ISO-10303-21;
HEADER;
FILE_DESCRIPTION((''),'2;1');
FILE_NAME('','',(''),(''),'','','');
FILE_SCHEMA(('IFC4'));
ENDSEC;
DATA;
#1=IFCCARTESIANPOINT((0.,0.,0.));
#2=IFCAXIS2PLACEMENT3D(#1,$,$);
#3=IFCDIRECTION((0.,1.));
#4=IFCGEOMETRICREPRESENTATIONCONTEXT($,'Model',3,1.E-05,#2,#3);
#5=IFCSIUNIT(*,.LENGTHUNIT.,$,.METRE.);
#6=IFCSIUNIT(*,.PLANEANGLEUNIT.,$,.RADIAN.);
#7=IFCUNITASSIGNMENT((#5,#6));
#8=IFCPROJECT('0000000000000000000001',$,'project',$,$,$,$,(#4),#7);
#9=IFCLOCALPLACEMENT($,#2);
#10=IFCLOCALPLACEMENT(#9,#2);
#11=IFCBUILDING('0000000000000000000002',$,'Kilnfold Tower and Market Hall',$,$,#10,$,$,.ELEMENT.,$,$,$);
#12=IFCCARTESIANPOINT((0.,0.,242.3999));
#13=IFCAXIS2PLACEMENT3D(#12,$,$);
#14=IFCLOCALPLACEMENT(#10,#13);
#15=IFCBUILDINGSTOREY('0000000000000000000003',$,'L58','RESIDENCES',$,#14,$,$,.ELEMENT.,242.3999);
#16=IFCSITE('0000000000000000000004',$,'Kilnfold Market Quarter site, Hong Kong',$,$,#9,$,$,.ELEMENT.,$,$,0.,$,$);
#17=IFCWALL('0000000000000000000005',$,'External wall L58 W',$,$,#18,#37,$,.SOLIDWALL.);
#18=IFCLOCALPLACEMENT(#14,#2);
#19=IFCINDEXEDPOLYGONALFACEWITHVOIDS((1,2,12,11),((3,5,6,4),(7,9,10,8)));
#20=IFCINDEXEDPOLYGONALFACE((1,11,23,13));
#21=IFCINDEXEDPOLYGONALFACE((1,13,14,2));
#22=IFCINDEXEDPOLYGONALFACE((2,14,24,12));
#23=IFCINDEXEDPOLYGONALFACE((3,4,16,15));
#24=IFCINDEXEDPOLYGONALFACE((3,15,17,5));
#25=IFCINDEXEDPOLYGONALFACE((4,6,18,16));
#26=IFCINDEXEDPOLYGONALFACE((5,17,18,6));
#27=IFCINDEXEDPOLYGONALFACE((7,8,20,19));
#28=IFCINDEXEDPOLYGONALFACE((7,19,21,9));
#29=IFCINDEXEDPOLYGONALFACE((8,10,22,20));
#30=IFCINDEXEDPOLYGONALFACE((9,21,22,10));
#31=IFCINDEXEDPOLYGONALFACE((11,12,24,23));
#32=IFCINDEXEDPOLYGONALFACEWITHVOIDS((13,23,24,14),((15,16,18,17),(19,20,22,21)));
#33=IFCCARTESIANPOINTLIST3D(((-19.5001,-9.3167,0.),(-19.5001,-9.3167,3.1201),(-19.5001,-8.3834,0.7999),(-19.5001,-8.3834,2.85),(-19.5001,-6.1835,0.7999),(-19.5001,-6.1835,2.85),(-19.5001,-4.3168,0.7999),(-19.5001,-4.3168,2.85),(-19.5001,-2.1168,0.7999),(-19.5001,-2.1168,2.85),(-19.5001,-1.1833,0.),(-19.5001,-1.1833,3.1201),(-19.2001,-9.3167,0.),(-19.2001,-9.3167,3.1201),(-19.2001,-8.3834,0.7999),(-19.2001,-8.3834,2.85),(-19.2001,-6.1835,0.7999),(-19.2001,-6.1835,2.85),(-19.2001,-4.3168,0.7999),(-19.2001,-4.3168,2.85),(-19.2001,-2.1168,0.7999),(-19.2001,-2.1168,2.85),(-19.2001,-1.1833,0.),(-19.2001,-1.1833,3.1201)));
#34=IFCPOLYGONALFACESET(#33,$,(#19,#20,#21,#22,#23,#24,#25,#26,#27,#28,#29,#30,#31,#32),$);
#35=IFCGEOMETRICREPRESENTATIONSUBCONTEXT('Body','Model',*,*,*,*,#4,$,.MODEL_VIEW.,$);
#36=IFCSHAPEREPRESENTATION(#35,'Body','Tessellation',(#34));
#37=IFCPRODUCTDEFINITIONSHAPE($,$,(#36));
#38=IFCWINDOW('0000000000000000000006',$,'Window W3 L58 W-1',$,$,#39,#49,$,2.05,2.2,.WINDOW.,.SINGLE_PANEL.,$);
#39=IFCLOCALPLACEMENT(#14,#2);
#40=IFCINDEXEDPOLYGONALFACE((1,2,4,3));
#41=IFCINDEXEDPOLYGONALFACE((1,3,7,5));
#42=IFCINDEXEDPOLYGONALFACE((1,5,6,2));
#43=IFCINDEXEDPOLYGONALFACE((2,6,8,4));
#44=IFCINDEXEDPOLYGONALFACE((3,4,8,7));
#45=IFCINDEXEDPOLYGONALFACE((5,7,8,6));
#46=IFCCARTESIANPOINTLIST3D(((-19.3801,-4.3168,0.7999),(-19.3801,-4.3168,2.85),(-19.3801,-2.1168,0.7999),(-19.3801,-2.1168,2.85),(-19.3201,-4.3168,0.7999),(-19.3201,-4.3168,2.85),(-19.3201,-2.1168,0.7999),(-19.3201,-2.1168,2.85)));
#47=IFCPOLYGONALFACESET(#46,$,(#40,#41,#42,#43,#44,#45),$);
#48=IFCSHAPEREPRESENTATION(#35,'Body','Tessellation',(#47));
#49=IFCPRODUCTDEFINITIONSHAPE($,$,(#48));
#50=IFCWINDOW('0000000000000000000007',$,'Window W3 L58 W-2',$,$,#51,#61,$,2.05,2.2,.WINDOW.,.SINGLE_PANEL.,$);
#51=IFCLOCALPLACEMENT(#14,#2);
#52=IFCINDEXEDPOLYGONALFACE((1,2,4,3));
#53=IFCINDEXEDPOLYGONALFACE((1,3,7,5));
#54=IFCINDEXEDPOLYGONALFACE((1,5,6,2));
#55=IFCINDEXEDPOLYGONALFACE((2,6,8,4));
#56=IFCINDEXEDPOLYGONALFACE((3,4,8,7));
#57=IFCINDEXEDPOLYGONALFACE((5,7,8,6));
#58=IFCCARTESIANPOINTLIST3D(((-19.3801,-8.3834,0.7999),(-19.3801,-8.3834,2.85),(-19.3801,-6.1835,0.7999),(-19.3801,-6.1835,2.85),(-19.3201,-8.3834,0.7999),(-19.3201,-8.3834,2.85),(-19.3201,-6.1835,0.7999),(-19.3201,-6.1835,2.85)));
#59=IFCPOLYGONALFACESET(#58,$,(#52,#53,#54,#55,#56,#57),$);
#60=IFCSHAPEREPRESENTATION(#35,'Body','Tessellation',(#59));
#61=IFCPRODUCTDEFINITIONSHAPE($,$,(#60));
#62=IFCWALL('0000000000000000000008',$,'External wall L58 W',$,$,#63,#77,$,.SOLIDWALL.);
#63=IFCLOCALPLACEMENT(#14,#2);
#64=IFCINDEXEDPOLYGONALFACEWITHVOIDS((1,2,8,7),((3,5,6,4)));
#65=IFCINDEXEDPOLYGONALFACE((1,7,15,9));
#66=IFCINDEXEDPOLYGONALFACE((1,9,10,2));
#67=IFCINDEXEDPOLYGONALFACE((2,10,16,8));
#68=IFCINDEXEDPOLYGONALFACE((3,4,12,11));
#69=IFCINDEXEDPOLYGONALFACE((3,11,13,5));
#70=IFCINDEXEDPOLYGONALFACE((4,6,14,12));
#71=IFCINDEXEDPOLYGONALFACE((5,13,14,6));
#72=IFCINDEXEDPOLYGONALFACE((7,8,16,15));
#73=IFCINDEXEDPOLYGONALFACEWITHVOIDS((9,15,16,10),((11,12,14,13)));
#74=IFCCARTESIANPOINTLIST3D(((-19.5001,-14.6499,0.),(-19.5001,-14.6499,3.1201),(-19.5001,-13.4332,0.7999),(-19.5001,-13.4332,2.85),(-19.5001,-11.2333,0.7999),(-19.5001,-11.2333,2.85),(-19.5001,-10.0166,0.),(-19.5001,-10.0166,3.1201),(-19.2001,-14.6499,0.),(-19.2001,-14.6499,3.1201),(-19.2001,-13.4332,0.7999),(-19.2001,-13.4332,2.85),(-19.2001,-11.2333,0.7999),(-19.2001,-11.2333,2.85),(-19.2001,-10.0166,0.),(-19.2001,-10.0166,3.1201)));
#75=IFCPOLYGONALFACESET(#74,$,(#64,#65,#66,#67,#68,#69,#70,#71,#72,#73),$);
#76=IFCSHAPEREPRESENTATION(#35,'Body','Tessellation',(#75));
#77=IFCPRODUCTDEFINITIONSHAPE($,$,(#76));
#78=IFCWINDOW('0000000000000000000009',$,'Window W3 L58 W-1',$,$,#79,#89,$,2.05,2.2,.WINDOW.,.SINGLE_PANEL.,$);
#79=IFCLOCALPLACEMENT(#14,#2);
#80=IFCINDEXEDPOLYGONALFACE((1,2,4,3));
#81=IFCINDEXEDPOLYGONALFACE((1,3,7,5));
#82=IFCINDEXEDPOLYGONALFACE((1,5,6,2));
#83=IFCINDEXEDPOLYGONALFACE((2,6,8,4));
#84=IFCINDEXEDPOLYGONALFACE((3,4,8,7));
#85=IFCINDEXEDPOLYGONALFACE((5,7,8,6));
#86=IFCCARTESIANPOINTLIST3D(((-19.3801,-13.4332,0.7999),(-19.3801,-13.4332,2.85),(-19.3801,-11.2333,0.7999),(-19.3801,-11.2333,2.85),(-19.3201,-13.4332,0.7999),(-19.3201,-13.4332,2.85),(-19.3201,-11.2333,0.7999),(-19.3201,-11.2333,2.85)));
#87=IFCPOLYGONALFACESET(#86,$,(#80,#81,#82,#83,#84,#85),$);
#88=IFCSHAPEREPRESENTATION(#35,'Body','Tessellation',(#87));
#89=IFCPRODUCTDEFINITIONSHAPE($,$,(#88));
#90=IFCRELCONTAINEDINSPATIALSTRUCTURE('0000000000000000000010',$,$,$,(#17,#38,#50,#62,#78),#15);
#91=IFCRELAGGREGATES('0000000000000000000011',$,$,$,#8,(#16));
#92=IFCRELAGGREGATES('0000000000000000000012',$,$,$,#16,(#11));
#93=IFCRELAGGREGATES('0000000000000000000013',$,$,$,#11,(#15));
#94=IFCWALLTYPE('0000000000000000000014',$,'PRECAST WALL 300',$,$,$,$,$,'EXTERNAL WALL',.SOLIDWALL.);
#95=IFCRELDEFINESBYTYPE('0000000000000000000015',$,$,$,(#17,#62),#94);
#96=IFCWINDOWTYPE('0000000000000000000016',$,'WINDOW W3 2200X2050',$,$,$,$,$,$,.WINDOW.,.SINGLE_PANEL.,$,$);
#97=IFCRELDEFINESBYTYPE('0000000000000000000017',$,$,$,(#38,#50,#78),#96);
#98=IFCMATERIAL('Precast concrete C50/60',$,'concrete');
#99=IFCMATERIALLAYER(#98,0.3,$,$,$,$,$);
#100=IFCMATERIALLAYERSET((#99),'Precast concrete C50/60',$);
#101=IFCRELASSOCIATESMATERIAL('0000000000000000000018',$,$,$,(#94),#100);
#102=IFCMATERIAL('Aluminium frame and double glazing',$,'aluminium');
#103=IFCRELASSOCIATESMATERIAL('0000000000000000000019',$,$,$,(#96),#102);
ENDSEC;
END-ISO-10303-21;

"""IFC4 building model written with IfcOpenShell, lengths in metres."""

from ifc_helpers import new_model, si_unit, direction, frame, frame_2d, origin, place, context, subcontext, project, spatial, rectangle, extrude, source, transform, mapped, material, layer, layer_set, type_object, element, fill, save


model = new_model("IFC4")

# Units and contexts
model_context = context("Model", 3, precision=1e-05, world=origin(), true_north=direction((0.0, 1.0)))
body_context = subcontext(model_context, "Body", "Model", "MODEL_VIEW")
ifc_project = project(units=[si_unit("LENGTHUNIT", "METRE"), si_unit("PLANEANGLEUNIT", "RADIAN")], contexts=[model_context])

# Site, building, storey
site_placement = place(None, origin())
site = spatial("IfcSite", under=ifc_project, at=site_placement, Name="Kilnfold Market Quarter site, Hong Kong", CompositionType="ELEMENT", RefElevation=0.0)
building_placement = place(site_placement, origin())
building = spatial("IfcBuilding", under=site, at=building_placement, Name="Kilnfold Tower and Market Hall", CompositionType="ELEMENT")
storey_placement = place(building_placement, frame((0.0, 0.0, 242.3999)))
storey = spatial("IfcBuildingStorey", under=building, at=storey_placement, Name="L58", Description="RESIDENCES", CompositionType="ELEMENT", Elevation=242.3999)

# Wall, openings, windows
ifc_material_1 = material(Name="Precast concrete C50/60", Category="concrete")
ifc_layer_1 = layer(ifc_material_1, 0.3)
ifc_layer_set_1 = layer_set([ifc_layer_1], Name="Precast concrete C50/60")
wall_type_1 = type_object("IfcWallType", Name="PRECAST WALL 300", ElementType="EXTERNAL WALL", PredefinedType="SOLIDWALL", material=ifc_layer_set_1)
shared_shape_1 = source(origin(), body_context, "Body", "SweptSolid", [
    extrude(rectangle(XDim=8.1333, YDim=0.3, at=frame_2d((4.0667, 0.0))), origin(), (0.0, 0.0, 1.0), 3.1201),
])
wall_1_placement = place(storey_placement, frame((-19.3501, -1.1833, 0.0), z_axis=(0.0, 0.0, 1.0), x_axis=(0.0, -1.0, 0.0)))
wall_1 = element("IfcWall", 1, at=wall_1_placement, inside=storey, type_object=wall_type_1, Name="External wall L58 W", PredefinedType="SOLIDWALL", context=body_context, shape_type="MappedRepresentation", body=[
    mapped(shared_shape_1, transform((0.0, 0.0, 0.0))),
])
opening_1_placement = place(wall_1_placement, frame((0.9333, 0.0, 0.8)))
opening_1 = element("IfcOpeningElement", 2, at=opening_1_placement, cuts=wall_1, PredefinedType="OPENING", context=body_context, shape_type="SweptSolid", body=[
    extrude(rectangle(XDim=2.2, YDim=2.05, at=frame_2d((1.1001, 1.0249))), frame((0.0, 0.1602, 0.0), z_axis=(0.0, -1.0, 0.0), x_axis=(1.0, 0.0, 0.0)), (0.0, 0.0, 1.0), 0.3201),
])
opening_2_placement = place(wall_1_placement, frame((5.0, 0.0, 0.8)))
opening_2 = element("IfcOpeningElement", 3, at=opening_2_placement, cuts=wall_1, PredefinedType="OPENING", context=body_context, shape_type="SweptSolid", body=[
    extrude(rectangle(XDim=2.2, YDim=2.05, at=frame_2d((1.1001, 1.0249))), frame((0.0, 0.1602, 0.0), z_axis=(0.0, -1.0, 0.0), x_axis=(1.0, 0.0, 0.0)), (0.0, 0.0, 1.0), 0.3201),
])
ifc_material_2 = material(Name="Aluminium frame and double glazing", Category="aluminium")
window_type = type_object("IfcWindowType", Name="WINDOW W3 2200X2050", PartitioningType="SINGLE_PANEL", PredefinedType="WINDOW", material=ifc_material_2)
window_1_placement = place(opening_1_placement, origin())
window_1 = element("IfcWindow", 4, at=window_1_placement, inside=storey, type_object=window_type, Name="Window W3 L58 W-1", OverallHeight=2.05, OverallWidth=2.2, PartitioningType="SINGLE_PANEL", PredefinedType="WINDOW", context=body_context, shape_type="SweptSolid", body=[
    extrude(rectangle(XDim=2.2, YDim=2.05, at=frame_2d((1.1001, 1.0249))), frame((0.0, 0.03, 0.0), z_axis=(0.0, -1.0, 0.0), x_axis=(1.0, 0.0, 0.0)), (0.0, 0.0, 1.0), 0.0601),
])
fill(opening_1, window_1)
window_2_placement = place(opening_2_placement, origin())
window_2 = element("IfcWindow", 5, at=window_2_placement, inside=storey, type_object=window_type, Name="Window W3 L58 W-2", OverallHeight=2.05, OverallWidth=2.2, PartitioningType="SINGLE_PANEL", PredefinedType="WINDOW", context=body_context, shape_type="SweptSolid", body=[
    extrude(rectangle(XDim=2.2, YDim=2.05, at=frame_2d((1.1001, 1.0249))), frame((0.0, 0.03, 0.0), z_axis=(0.0, -1.0, 0.0), x_axis=(1.0, 0.0, 0.0)), (0.0, 0.0, 1.0), 0.0601),
])
fill(opening_2, window_2)

# Wall, opening, window
shared_shape_2 = source(origin(), body_context, "Body", "SweptSolid", [
    extrude(rectangle(XDim=4.6333, YDim=0.3, at=frame_2d((2.3167, 0.0))), origin(), (0.0, 0.0, 1.0), 3.1201),
])
wall_2_placement = place(storey_placement, frame((-19.3501, -10.0166, 0.0), z_axis=(0.0, 0.0, 1.0), x_axis=(0.0, -1.0, 0.0)))
wall_2 = element("IfcWall", 6, at=wall_2_placement, inside=storey, type_object=wall_type_1, Name="External wall L58 W", PredefinedType="SOLIDWALL", context=body_context, shape_type="MappedRepresentation", body=[
    mapped(shared_shape_2, transform((0.0, 0.0, 0.0))),
])
opening_3_placement = place(wall_2_placement, frame((1.2166, 0.0, 0.8)))
opening_3 = element("IfcOpeningElement", 7, at=opening_3_placement, cuts=wall_2, PredefinedType="OPENING", context=body_context, shape_type="SweptSolid", body=[
    extrude(rectangle(XDim=2.2, YDim=2.05, at=frame_2d((1.1001, 1.0249))), frame((0.0, 0.1602, 0.0), z_axis=(0.0, -1.0, 0.0), x_axis=(1.0, 0.0, 0.0)), (0.0, 0.0, 1.0), 0.3201),
])
window_3_placement = place(opening_3_placement, origin())
window_3 = element("IfcWindow", 8, at=window_3_placement, inside=storey, type_object=window_type, Name="Window W3 L58 W-1", OverallHeight=2.05, OverallWidth=2.2, PartitioningType="SINGLE_PANEL", PredefinedType="WINDOW", context=body_context, shape_type="SweptSolid", body=[
    extrude(rectangle(XDim=2.2, YDim=2.05, at=frame_2d((1.1001, 1.0249))), frame((0.0, 0.03, 0.0), z_axis=(0.0, -1.0, 0.0), x_axis=(1.0, 0.0, 0.0)), (0.0, 0.0, 1.0), 0.0601),
])
fill(opening_3, window_3)

save(model, "model.ifc")
